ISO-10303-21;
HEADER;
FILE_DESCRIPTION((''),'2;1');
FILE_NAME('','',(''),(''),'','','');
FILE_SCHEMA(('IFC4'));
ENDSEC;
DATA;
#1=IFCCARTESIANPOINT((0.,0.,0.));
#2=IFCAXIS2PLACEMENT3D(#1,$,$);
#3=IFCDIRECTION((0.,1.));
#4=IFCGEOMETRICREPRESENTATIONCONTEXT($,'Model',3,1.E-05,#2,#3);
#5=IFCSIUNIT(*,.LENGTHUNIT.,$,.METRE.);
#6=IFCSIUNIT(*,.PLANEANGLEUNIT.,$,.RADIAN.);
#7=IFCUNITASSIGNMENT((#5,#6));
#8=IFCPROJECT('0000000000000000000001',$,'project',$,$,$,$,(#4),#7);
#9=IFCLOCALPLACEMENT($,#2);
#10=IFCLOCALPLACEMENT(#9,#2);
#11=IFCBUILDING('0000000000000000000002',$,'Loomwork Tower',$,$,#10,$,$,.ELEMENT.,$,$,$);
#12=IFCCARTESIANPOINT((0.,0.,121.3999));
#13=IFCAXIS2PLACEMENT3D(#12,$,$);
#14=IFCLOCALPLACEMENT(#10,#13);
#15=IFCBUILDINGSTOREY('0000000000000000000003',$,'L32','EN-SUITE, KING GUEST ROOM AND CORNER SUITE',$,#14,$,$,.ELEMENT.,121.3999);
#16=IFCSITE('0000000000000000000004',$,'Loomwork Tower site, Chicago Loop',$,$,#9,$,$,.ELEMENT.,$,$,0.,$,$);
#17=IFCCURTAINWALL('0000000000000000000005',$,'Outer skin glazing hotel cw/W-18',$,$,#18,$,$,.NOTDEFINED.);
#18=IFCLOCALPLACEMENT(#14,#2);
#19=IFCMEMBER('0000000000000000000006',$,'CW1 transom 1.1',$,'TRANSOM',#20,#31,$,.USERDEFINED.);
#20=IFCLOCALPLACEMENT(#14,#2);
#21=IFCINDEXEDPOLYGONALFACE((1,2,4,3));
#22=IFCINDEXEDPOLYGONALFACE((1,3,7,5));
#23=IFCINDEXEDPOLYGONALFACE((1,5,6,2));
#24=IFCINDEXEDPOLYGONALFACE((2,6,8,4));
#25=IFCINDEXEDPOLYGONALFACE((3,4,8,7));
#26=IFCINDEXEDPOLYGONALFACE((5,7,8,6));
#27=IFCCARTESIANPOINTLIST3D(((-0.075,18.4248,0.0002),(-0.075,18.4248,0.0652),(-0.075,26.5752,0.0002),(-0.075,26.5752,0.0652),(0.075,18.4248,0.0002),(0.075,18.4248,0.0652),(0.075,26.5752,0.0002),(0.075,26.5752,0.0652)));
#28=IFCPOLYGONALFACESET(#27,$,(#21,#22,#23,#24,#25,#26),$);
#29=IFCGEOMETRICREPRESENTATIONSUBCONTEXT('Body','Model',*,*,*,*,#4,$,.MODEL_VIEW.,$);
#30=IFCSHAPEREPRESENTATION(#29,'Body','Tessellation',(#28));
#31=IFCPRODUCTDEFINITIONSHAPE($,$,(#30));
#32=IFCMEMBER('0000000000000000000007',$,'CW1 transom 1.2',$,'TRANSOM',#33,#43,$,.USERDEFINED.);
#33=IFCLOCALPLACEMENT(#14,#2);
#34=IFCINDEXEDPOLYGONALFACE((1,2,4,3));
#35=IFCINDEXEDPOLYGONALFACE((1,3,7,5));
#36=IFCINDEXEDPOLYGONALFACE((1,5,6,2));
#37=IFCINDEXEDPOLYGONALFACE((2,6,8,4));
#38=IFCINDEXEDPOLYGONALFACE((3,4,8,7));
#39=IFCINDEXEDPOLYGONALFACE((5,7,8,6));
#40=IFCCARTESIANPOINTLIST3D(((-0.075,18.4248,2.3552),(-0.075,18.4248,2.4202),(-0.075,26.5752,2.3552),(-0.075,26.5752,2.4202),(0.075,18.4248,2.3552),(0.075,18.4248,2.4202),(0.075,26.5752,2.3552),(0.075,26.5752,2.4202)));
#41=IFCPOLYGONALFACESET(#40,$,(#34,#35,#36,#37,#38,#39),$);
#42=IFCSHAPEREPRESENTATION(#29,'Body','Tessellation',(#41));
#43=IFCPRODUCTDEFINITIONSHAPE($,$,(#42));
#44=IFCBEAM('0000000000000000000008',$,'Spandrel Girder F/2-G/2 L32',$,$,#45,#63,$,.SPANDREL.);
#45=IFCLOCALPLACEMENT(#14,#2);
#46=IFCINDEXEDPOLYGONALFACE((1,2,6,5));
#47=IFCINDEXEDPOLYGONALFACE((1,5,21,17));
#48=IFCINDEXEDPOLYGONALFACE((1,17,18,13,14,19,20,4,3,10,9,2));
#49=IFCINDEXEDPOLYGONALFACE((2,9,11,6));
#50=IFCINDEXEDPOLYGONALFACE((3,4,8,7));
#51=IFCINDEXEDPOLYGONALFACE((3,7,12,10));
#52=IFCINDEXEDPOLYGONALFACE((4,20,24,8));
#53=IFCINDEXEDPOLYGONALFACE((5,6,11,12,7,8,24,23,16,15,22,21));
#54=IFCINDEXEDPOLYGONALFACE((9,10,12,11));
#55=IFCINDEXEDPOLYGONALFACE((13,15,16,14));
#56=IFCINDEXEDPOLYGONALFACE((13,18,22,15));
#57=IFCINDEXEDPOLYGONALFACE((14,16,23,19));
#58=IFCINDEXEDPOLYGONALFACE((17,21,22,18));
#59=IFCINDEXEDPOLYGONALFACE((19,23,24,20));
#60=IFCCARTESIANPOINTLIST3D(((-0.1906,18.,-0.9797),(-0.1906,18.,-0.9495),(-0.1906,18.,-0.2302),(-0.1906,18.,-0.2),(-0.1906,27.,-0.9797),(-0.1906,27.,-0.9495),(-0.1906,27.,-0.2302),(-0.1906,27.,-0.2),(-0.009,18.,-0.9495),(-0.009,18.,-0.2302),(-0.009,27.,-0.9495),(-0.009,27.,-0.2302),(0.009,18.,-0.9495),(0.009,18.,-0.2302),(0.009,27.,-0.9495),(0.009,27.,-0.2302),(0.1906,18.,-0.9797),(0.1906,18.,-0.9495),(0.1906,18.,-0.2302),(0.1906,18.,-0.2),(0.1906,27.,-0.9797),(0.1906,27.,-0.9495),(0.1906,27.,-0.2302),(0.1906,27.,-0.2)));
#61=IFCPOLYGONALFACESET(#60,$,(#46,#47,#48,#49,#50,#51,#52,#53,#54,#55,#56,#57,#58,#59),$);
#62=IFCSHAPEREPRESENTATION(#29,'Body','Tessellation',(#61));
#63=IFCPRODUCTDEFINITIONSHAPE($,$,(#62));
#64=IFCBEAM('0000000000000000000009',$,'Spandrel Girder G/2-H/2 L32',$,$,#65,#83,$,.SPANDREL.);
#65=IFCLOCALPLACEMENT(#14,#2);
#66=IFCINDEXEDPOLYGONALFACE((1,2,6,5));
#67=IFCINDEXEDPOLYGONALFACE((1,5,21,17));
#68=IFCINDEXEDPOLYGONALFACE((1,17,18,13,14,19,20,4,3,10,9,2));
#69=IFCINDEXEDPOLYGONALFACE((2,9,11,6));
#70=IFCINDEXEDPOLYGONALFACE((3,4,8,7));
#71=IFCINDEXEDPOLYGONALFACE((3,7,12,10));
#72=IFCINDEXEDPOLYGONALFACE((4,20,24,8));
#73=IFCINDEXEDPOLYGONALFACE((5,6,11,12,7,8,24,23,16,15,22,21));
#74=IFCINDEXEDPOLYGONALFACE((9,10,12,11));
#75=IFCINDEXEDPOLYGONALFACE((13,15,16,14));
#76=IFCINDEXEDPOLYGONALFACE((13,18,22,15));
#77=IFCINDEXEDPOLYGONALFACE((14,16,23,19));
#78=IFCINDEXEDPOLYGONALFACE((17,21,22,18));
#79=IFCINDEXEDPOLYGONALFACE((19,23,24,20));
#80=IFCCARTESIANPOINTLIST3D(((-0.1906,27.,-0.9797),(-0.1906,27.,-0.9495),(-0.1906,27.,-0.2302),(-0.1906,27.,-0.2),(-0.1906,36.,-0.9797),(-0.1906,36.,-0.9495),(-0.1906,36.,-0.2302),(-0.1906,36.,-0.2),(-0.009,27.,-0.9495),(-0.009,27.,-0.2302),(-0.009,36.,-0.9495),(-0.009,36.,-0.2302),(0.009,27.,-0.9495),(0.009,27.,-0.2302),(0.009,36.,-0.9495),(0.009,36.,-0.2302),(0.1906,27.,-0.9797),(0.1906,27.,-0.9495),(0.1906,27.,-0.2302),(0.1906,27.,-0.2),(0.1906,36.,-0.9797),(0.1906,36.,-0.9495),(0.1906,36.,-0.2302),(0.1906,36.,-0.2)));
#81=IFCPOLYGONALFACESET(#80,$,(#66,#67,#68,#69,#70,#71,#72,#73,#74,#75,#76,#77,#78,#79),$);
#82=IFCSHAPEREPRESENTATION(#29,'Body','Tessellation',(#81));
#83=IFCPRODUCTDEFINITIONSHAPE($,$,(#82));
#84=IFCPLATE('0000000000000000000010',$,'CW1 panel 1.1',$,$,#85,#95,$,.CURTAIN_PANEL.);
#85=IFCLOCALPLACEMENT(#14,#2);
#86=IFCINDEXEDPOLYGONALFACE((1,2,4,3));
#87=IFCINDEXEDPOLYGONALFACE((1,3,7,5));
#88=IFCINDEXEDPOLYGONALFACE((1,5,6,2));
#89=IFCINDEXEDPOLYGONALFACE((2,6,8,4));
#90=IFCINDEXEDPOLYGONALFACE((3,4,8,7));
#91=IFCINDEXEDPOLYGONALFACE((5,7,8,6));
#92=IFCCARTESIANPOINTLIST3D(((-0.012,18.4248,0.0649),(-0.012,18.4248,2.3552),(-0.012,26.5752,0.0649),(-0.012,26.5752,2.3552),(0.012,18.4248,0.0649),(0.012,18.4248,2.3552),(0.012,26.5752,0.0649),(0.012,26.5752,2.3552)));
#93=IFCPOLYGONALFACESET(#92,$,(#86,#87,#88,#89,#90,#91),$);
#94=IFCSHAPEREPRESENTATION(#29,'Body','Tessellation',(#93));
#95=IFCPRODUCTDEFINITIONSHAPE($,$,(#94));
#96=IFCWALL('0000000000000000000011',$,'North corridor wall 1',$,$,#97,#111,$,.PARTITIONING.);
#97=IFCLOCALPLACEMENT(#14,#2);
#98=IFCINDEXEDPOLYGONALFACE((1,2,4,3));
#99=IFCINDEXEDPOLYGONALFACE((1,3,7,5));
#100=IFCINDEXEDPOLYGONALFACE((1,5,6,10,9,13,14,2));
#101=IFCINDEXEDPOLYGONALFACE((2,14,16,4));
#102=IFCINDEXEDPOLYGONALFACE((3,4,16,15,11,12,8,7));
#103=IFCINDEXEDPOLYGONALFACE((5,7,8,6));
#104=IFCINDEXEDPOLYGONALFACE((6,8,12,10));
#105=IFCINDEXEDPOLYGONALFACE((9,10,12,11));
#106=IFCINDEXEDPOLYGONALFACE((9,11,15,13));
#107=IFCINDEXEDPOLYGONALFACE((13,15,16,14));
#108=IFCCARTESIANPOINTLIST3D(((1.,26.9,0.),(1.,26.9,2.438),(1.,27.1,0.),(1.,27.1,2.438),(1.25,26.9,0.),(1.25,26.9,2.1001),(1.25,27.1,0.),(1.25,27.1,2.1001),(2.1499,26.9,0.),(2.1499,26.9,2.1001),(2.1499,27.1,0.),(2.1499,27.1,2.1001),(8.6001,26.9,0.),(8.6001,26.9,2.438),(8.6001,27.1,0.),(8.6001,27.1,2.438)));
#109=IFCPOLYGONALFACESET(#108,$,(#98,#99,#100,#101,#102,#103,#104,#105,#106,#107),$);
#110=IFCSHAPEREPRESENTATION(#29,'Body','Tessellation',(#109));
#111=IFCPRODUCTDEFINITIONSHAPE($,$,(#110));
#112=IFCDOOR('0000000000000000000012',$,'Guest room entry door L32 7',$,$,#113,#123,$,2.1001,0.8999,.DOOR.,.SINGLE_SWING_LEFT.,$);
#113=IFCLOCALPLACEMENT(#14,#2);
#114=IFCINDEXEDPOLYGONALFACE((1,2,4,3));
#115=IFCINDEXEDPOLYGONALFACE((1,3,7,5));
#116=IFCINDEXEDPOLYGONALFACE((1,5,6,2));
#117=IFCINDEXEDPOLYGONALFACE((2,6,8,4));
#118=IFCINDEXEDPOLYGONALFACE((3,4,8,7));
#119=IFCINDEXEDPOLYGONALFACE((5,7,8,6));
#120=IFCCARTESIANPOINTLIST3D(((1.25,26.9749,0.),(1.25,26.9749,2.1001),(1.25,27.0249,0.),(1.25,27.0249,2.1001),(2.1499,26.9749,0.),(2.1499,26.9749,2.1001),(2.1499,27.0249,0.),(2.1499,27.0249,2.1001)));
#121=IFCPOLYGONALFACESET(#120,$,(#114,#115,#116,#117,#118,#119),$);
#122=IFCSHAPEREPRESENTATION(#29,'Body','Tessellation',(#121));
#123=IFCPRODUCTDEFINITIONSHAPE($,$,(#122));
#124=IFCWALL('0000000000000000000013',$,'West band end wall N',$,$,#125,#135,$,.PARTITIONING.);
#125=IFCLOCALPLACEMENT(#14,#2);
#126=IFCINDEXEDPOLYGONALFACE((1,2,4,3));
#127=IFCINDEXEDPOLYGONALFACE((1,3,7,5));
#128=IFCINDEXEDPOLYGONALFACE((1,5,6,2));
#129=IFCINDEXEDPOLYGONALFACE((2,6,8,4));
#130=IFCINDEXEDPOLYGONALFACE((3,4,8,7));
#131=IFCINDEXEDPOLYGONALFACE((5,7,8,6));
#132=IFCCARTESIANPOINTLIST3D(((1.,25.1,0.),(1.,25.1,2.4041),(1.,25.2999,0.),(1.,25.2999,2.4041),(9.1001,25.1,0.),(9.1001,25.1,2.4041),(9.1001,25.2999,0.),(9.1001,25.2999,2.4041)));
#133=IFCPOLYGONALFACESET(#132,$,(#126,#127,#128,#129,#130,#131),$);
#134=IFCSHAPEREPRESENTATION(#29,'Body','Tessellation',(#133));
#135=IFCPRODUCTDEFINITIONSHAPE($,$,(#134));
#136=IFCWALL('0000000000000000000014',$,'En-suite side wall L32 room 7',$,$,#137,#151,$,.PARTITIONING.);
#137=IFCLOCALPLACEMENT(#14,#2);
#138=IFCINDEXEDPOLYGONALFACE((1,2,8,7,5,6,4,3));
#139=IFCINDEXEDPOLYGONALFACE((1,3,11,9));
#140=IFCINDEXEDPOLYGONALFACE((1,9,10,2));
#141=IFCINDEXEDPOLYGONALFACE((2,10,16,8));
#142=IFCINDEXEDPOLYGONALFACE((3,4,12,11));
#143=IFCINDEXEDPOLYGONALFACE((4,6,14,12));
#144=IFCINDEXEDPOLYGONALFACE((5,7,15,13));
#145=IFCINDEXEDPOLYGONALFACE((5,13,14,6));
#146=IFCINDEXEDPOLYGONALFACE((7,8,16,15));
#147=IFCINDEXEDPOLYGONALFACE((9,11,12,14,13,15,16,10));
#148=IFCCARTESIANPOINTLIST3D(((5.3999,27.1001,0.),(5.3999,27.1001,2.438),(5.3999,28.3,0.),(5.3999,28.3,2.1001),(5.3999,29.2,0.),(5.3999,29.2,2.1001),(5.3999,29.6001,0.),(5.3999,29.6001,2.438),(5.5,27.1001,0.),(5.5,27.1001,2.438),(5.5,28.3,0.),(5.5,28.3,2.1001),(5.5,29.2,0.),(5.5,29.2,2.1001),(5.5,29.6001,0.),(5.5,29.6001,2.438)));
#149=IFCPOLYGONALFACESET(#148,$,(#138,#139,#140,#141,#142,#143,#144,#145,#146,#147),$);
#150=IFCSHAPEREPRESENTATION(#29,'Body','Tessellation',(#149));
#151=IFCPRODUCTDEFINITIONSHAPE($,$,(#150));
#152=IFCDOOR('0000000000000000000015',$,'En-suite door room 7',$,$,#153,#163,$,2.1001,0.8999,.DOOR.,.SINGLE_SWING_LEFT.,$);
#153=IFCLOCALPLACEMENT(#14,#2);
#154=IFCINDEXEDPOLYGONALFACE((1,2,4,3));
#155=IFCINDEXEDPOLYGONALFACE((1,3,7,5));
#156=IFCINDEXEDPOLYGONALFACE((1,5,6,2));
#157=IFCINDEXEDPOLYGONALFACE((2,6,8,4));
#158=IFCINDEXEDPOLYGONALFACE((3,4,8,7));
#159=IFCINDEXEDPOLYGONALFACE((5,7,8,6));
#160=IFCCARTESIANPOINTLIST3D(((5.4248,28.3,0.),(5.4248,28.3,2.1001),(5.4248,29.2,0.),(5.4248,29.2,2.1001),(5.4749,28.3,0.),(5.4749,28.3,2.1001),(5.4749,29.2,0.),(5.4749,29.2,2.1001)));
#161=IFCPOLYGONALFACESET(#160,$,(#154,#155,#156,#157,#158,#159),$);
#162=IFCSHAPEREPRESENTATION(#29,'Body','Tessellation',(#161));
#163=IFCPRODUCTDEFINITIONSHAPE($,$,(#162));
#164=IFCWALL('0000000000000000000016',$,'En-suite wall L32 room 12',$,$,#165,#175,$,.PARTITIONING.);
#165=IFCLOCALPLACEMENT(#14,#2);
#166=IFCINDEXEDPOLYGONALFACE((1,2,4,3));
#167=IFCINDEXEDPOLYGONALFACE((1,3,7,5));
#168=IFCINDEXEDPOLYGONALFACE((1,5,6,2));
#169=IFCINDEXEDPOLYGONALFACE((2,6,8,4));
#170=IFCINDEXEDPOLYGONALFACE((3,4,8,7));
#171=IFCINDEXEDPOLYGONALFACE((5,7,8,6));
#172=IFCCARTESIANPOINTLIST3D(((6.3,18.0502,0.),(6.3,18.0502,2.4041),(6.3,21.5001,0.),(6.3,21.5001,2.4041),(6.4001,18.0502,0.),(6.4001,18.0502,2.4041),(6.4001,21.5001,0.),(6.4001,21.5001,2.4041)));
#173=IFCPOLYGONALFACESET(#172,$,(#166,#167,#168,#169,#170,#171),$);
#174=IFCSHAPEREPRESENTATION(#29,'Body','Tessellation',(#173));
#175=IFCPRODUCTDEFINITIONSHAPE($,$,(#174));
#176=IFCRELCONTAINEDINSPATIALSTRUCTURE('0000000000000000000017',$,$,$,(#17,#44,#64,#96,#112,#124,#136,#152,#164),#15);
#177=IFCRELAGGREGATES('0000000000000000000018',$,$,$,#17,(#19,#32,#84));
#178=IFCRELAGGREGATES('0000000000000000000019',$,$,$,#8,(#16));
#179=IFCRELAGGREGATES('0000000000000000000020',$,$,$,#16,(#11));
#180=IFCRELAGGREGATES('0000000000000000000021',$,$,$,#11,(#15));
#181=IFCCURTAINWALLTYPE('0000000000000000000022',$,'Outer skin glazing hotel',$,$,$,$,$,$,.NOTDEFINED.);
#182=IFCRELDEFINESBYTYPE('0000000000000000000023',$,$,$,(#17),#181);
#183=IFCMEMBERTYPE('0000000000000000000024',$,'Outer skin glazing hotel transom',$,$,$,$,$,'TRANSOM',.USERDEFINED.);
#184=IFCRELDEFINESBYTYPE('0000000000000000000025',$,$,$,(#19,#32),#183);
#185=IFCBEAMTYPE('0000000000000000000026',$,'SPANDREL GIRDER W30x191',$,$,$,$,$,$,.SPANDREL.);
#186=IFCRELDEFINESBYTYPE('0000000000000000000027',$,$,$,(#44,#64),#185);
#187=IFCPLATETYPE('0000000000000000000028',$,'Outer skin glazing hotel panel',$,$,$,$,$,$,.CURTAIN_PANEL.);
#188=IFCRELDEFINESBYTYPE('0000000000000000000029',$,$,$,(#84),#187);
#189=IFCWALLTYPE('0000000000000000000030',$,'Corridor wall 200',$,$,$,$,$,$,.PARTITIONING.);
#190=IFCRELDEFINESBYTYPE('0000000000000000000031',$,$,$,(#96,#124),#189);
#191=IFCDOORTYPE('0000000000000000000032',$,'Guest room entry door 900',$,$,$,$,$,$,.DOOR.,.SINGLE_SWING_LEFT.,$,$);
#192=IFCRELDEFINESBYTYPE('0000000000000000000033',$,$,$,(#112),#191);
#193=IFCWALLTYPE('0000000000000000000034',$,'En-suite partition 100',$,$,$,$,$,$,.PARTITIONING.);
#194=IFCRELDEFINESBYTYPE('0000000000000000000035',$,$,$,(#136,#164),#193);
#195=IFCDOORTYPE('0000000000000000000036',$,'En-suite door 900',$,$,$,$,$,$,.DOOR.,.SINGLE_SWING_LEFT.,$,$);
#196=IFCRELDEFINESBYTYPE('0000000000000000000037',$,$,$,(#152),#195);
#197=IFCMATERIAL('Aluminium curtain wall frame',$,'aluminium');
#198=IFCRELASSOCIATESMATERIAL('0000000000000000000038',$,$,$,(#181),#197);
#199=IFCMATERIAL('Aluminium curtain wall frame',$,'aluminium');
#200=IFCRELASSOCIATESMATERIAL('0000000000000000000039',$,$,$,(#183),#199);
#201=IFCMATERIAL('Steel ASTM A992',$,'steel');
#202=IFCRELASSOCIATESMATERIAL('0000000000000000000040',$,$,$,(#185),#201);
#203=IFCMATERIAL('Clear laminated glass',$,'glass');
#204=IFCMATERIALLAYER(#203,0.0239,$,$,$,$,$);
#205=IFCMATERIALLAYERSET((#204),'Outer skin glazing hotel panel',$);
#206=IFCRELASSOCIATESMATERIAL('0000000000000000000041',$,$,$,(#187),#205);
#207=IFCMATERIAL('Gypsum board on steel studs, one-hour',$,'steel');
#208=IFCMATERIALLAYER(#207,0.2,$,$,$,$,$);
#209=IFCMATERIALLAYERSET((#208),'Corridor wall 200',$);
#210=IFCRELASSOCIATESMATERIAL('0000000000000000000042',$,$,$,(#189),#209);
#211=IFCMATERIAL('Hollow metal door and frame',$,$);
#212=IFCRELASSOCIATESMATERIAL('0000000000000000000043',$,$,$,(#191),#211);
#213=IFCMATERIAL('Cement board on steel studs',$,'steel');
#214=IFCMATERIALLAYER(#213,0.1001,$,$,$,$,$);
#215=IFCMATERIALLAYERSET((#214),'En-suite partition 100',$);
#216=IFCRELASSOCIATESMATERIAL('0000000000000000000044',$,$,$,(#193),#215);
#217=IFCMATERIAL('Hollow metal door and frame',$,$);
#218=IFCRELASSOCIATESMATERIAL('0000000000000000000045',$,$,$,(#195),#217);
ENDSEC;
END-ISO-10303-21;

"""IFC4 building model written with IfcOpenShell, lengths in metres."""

from ifc_helpers import new_model, si_unit, direction, frame, frame_2d, origin, origin_2d, place, context, subcontext, project, spatial, rectangle, i_section, extrude, material, layer, layer_set, material_profile, profile_set, type_object, element, fill, aggregate, save


model = new_model("IFC4")

# Units and contexts
model_context = context("Model", 3, precision=1e-05, world=origin(), true_north=direction((0.0, 1.0)))
body_context = subcontext(model_context, "Body", "Model", "MODEL_VIEW")
ifc_project = project(units=[si_unit("LENGTHUNIT", "METRE"), si_unit("PLANEANGLEUNIT", "RADIAN")], contexts=[model_context])

# Site, building, storey
site_placement = place(None, origin())
site = spatial("IfcSite", under=ifc_project, at=site_placement, Name="Loomwork Tower site, Chicago Loop", CompositionType="ELEMENT", RefElevation=0.0)
building_placement = place(site_placement, origin())
building = spatial("IfcBuilding", under=site, at=building_placement, Name="Loomwork Tower", CompositionType="ELEMENT")
storey_placement = place(building_placement, frame((0.0, 0.0, 121.3999)))
storey = spatial("IfcBuildingStorey", under=building, at=storey_placement, Name="L32", Description="EN-SUITE, KING GUEST ROOM AND CORNER SUITE", CompositionType="ELEMENT", Elevation=121.3999)

# Shared definitions
ifc_material_1 = material(Name="Aluminium curtain wall frame", Category="aluminium")
curtain_wall_type = type_object("IfcCurtainWallType", Name="Outer skin glazing hotel", PredefinedType="NOTDEFINED", material=ifc_material_1)

# Curtain wall
curtain_wall_1_placement = place(storey_placement, origin())
curtain_wall_1 = element("IfcCurtainWall", 1, at=curtain_wall_1_placement, inside=storey, type_object=curtain_wall_type, Name="Outer skin glazing hotel cw/W-18", PredefinedType="NOTDEFINED")

# Members
ifc_material_2 = material(Name="Aluminium curtain wall frame", Category="aluminium")
ifc_material_profile_1 = material_profile(ifc_material_2, rectangle(XDim=0.1499, YDim=0.0649, at=origin_2d()), Name="AL 65x150")
ifc_profile_set_1 = profile_set([ifc_material_profile_1], Name="Aluminium curtain wall frame")
member_type_1 = type_object("IfcMemberType", Name="Outer skin glazing hotel transom", ElementType="TRANSOM", PredefinedType="USERDEFINED", material=ifc_profile_set_1)
member_1_placement = place(storey_placement, frame((0.0, 26.5752, 0.0327), z_axis=(0.0, -1.0, 0.0), x_axis=(1.0, 0.0, 0.0)))
member_1 = element("IfcMember", 2, at=member_1_placement, type_object=member_type_1, Name="CW1 transom 1.1", ObjectType="TRANSOM", PredefinedType="USERDEFINED", context=body_context, shape_type="SweptSolid", body=[
    extrude(rectangle(XDim=0.1499, YDim=0.0649, at=origin_2d()), origin(), (0.0, 0.0, 1.0), 8.1504),
])
member_2_placement = place(storey_placement, frame((0.0, 26.5752, 2.3877), z_axis=(0.0, -1.0, 0.0), x_axis=(1.0, 0.0, 0.0)))
member_2 = element("IfcMember", 3, at=member_2_placement, type_object=member_type_1, Name="CW1 transom 1.2", ObjectType="TRANSOM", PredefinedType="USERDEFINED", context=body_context, shape_type="SweptSolid", body=[
    extrude(rectangle(XDim=0.1499, YDim=0.0649, at=origin_2d()), origin(), (0.0, 0.0, 1.0), 8.1504),
])

# Beams
ifc_material_3 = material(Name="Steel ASTM A992", Category="steel")
ifc_material_profile_2 = material_profile(ifc_material_3, i_section(OverallWidth=0.3811, OverallDepth=0.7798, WebThickness=0.0181, FlangeThickness=0.0303, at=origin_2d()), Name="W30x191")
ifc_profile_set_2 = profile_set([ifc_material_profile_2], Name="Steel ASTM A992")
beam_type_1 = type_object("IfcBeamType", Name="SPANDREL GIRDER W30x191", PredefinedType="SPANDREL", material=ifc_profile_set_2)
for number, where, z_axis, x_axis, name in (
    (4, (0.0, 18.0, -0.5898), (0.0, 1.0, 0.0), (-1.0, 0.0, 0.0), "Spandrel Girder F/2-G/2 L32"),
    (5, (0.0, 27.0, -0.5898), (0.0, 1.0, 0.0), (-1.0, 0.0, 0.0), "Spandrel Girder G/2-H/2 L32"),
):
    element("IfcBeam", number, at=place(storey_placement, frame(where, z_axis=z_axis, x_axis=x_axis)), inside=storey, type_object=beam_type_1, Name=name, PredefinedType="SPANDREL", context=body_context, shape_type="SweptSolid", body=[
        extrude(i_section(OverallWidth=0.3811, OverallDepth=0.7798, WebThickness=0.0181, FlangeThickness=0.0303, at=origin_2d()), origin(), (0.0, 0.0, 1.0), 9.0),
    ])

# Plate
ifc_material_4 = material(Name="Clear laminated glass", Category="glass")
ifc_layer_1 = layer(ifc_material_4, 0.0239)
ifc_layer_set_1 = layer_set([ifc_layer_1], Name="Outer skin glazing hotel panel")
plate_type = type_object("IfcPlateType", Name="Outer skin glazing hotel panel", PredefinedType="CURTAIN_PANEL", material=ifc_layer_set_1)
plate_placement = place(storey_placement, frame((0.0, 22.5, 0.0649), z_axis=(0.0, 0.0, 1.0), x_axis=(0.0, -1.0, 0.0)))
plate = element("IfcPlate", 6, at=plate_placement, type_object=plate_type, Name="CW1 panel 1.1", PredefinedType="CURTAIN_PANEL", context=body_context, shape_type="SweptSolid", body=[
    extrude(rectangle(XDim=8.1504, YDim=0.0239, at=origin_2d()), origin(), (0.0, 0.0, 1.0), 2.2903),
])
aggregate(curtain_wall_1, [member_1, member_2, plate])

# Wall, opening, door
ifc_material_5 = material(Name="Gypsum board on steel studs, one-hour", Category="steel")
ifc_layer_2 = layer(ifc_material_5, 0.2)
ifc_layer_set_2 = layer_set([ifc_layer_2], Name="Corridor wall 200")
wall_type_1 = type_object("IfcWallType", Name="Corridor wall 200", PredefinedType="PARTITIONING", material=ifc_layer_set_2)
wall_1_placement = place(storey_placement, frame((1.0, 27.0, 0.0), z_axis=(0.0, 0.0, 1.0), x_axis=(1.0, 0.0, 0.0)))
wall_1 = element("IfcWall", 7, at=wall_1_placement, inside=storey, type_object=wall_type_1, Name="North corridor wall 1", PredefinedType="PARTITIONING", context=body_context, shape_type="SweptSolid", body=[
    extrude(rectangle(XDim=7.6001, YDim=0.2, at=frame_2d((3.8, 0.0))), origin(), (0.0, 0.0, 1.0), 2.438),
])
opening_1_placement = place(wall_1_placement, frame((0.25, 0.0, 0.0)))
opening_1 = element("IfcOpeningElement", 8, at=opening_1_placement, cuts=wall_1, PredefinedType="OPENING", context=body_context, shape_type="SweptSolid", body=[
    extrude(rectangle(XDim=0.8999, YDim=2.1001, at=frame_2d((0.45, 1.05))), frame((0.0, 0.1099, 0.0), z_axis=(0.0, -1.0, 0.0), x_axis=(1.0, 0.0, 0.0)), (0.0, 0.0, 1.0), 0.22),
])
ifc_material_6 = material(Name="Hollow metal door and frame")
door_type_1 = type_object("IfcDoorType", Name="Guest room entry door 900", OperationType="SINGLE_SWING_LEFT", PredefinedType="DOOR", material=ifc_material_6)
door_1_placement = place(opening_1_placement, origin())
door_1 = element("IfcDoor", 9, at=door_1_placement, inside=storey, type_object=door_type_1, Name="Guest room entry door L32 7", OperationType="SINGLE_SWING_LEFT", OverallHeight=2.1001, OverallWidth=0.8999, PredefinedType="DOOR", context=body_context, shape_type="SweptSolid", body=[
    extrude(rectangle(XDim=0.8999, YDim=2.1001, at=frame_2d((0.45, 1.05))), frame((0.0, 0.0249, 0.0), z_axis=(0.0, -1.0, 0.0), x_axis=(1.0, 0.0, 0.0)), (0.0, 0.0, 1.0), 0.05),
])
fill(opening_1, door_1)

# Wall
wall_2_placement = place(storey_placement, frame((1.0, 25.2, 0.0), z_axis=(0.0, 0.0, 1.0), x_axis=(1.0, 0.0, 0.0)))
element("IfcWall", 10, at=wall_2_placement, inside=storey, type_object=wall_type_1, Name="West band end wall N", PredefinedType="PARTITIONING", context=body_context, shape_type="SweptSolid", body=[
    extrude(rectangle(XDim=8.1001, YDim=0.2, at=frame_2d((4.05, 0.0))), origin(), (0.0, 0.0, 1.0), 2.4041),
])

# Wall, opening, door
ifc_material_7 = material(Name="Cement board on steel studs", Category="steel")
ifc_layer_3 = layer(ifc_material_7, 0.1001)
ifc_layer_set_3 = layer_set([ifc_layer_3], Name="En-suite partition 100")
wall_type_2 = type_object("IfcWallType", Name="En-suite partition 100", PredefinedType="PARTITIONING", material=ifc_layer_set_3)
wall_3_placement = place(storey_placement, frame((5.45, 27.1001, 0.0), z_axis=(0.0, 0.0, 1.0), x_axis=(0.0, 1.0, 0.0)))
wall_3 = element("IfcWall", 11, at=wall_3_placement, inside=storey, type_object=wall_type_2, Name="En-suite side wall L32 room 7", PredefinedType="PARTITIONING", context=body_context, shape_type="SweptSolid", body=[
    extrude(rectangle(XDim=2.5, YDim=0.1001, at=frame_2d((1.25, 0.0))), origin(), (0.0, 0.0, 1.0), 2.438),
])
opening_2_placement = place(wall_3_placement, frame((1.2, 0.0, 0.0)))
opening_2 = element("IfcOpeningElement", 12, at=opening_2_placement, cuts=wall_3, PredefinedType="OPENING", context=body_context, shape_type="SweptSolid", body=[
    extrude(rectangle(XDim=0.8999, YDim=2.1001, at=frame_2d((0.45, 1.05))), frame((0.0, 0.0601, 0.0), z_axis=(0.0, -1.0, 0.0), x_axis=(1.0, 0.0, 0.0)), (0.0, 0.0, 1.0), 0.1201),
])
ifc_material_8 = material(Name="Hollow metal door and frame")
door_type_2 = type_object("IfcDoorType", Name="En-suite door 900", OperationType="SINGLE_SWING_LEFT", PredefinedType="DOOR", material=ifc_material_8)
door_2_placement = place(opening_2_placement, frame((0.8999, 0.0, 0.0), z_axis=(0.0, 0.0, 1.0), x_axis=(-1.0, 0.0, 0.0)))
door_2 = element("IfcDoor", 13, at=door_2_placement, inside=storey, type_object=door_type_2, Name="En-suite door room 7", OperationType="SINGLE_SWING_LEFT", OverallHeight=2.1001, OverallWidth=0.8999, PredefinedType="DOOR", context=body_context, shape_type="SweptSolid", body=[
    extrude(rectangle(XDim=0.8999, YDim=2.1001, at=frame_2d((0.45, 1.05))), frame((0.0, 0.0249, 0.0), z_axis=(0.0, -1.0, 0.0), x_axis=(1.0, 0.0, 0.0)), (0.0, 0.0, 1.0), 0.05),
])
fill(opening_2, door_2)

# Wall
wall_4_placement = place(storey_placement, frame((6.3501, 18.05, 0.0), z_axis=(0.0, 0.0, 1.0), x_axis=(0.0, 1.0, 0.0)))
element("IfcWall", 14, at=wall_4_placement, inside=storey, type_object=wall_type_2, Name="En-suite wall L32 room 12", PredefinedType="PARTITIONING", context=body_context, shape_type="SweptSolid", body=[
    extrude(rectangle(XDim=3.45, YDim=0.1001, at=frame_2d((1.7251, 0.0))), origin(), (0.0, 0.0, 1.0), 2.4041),
])

save(model, "model.ifc")
